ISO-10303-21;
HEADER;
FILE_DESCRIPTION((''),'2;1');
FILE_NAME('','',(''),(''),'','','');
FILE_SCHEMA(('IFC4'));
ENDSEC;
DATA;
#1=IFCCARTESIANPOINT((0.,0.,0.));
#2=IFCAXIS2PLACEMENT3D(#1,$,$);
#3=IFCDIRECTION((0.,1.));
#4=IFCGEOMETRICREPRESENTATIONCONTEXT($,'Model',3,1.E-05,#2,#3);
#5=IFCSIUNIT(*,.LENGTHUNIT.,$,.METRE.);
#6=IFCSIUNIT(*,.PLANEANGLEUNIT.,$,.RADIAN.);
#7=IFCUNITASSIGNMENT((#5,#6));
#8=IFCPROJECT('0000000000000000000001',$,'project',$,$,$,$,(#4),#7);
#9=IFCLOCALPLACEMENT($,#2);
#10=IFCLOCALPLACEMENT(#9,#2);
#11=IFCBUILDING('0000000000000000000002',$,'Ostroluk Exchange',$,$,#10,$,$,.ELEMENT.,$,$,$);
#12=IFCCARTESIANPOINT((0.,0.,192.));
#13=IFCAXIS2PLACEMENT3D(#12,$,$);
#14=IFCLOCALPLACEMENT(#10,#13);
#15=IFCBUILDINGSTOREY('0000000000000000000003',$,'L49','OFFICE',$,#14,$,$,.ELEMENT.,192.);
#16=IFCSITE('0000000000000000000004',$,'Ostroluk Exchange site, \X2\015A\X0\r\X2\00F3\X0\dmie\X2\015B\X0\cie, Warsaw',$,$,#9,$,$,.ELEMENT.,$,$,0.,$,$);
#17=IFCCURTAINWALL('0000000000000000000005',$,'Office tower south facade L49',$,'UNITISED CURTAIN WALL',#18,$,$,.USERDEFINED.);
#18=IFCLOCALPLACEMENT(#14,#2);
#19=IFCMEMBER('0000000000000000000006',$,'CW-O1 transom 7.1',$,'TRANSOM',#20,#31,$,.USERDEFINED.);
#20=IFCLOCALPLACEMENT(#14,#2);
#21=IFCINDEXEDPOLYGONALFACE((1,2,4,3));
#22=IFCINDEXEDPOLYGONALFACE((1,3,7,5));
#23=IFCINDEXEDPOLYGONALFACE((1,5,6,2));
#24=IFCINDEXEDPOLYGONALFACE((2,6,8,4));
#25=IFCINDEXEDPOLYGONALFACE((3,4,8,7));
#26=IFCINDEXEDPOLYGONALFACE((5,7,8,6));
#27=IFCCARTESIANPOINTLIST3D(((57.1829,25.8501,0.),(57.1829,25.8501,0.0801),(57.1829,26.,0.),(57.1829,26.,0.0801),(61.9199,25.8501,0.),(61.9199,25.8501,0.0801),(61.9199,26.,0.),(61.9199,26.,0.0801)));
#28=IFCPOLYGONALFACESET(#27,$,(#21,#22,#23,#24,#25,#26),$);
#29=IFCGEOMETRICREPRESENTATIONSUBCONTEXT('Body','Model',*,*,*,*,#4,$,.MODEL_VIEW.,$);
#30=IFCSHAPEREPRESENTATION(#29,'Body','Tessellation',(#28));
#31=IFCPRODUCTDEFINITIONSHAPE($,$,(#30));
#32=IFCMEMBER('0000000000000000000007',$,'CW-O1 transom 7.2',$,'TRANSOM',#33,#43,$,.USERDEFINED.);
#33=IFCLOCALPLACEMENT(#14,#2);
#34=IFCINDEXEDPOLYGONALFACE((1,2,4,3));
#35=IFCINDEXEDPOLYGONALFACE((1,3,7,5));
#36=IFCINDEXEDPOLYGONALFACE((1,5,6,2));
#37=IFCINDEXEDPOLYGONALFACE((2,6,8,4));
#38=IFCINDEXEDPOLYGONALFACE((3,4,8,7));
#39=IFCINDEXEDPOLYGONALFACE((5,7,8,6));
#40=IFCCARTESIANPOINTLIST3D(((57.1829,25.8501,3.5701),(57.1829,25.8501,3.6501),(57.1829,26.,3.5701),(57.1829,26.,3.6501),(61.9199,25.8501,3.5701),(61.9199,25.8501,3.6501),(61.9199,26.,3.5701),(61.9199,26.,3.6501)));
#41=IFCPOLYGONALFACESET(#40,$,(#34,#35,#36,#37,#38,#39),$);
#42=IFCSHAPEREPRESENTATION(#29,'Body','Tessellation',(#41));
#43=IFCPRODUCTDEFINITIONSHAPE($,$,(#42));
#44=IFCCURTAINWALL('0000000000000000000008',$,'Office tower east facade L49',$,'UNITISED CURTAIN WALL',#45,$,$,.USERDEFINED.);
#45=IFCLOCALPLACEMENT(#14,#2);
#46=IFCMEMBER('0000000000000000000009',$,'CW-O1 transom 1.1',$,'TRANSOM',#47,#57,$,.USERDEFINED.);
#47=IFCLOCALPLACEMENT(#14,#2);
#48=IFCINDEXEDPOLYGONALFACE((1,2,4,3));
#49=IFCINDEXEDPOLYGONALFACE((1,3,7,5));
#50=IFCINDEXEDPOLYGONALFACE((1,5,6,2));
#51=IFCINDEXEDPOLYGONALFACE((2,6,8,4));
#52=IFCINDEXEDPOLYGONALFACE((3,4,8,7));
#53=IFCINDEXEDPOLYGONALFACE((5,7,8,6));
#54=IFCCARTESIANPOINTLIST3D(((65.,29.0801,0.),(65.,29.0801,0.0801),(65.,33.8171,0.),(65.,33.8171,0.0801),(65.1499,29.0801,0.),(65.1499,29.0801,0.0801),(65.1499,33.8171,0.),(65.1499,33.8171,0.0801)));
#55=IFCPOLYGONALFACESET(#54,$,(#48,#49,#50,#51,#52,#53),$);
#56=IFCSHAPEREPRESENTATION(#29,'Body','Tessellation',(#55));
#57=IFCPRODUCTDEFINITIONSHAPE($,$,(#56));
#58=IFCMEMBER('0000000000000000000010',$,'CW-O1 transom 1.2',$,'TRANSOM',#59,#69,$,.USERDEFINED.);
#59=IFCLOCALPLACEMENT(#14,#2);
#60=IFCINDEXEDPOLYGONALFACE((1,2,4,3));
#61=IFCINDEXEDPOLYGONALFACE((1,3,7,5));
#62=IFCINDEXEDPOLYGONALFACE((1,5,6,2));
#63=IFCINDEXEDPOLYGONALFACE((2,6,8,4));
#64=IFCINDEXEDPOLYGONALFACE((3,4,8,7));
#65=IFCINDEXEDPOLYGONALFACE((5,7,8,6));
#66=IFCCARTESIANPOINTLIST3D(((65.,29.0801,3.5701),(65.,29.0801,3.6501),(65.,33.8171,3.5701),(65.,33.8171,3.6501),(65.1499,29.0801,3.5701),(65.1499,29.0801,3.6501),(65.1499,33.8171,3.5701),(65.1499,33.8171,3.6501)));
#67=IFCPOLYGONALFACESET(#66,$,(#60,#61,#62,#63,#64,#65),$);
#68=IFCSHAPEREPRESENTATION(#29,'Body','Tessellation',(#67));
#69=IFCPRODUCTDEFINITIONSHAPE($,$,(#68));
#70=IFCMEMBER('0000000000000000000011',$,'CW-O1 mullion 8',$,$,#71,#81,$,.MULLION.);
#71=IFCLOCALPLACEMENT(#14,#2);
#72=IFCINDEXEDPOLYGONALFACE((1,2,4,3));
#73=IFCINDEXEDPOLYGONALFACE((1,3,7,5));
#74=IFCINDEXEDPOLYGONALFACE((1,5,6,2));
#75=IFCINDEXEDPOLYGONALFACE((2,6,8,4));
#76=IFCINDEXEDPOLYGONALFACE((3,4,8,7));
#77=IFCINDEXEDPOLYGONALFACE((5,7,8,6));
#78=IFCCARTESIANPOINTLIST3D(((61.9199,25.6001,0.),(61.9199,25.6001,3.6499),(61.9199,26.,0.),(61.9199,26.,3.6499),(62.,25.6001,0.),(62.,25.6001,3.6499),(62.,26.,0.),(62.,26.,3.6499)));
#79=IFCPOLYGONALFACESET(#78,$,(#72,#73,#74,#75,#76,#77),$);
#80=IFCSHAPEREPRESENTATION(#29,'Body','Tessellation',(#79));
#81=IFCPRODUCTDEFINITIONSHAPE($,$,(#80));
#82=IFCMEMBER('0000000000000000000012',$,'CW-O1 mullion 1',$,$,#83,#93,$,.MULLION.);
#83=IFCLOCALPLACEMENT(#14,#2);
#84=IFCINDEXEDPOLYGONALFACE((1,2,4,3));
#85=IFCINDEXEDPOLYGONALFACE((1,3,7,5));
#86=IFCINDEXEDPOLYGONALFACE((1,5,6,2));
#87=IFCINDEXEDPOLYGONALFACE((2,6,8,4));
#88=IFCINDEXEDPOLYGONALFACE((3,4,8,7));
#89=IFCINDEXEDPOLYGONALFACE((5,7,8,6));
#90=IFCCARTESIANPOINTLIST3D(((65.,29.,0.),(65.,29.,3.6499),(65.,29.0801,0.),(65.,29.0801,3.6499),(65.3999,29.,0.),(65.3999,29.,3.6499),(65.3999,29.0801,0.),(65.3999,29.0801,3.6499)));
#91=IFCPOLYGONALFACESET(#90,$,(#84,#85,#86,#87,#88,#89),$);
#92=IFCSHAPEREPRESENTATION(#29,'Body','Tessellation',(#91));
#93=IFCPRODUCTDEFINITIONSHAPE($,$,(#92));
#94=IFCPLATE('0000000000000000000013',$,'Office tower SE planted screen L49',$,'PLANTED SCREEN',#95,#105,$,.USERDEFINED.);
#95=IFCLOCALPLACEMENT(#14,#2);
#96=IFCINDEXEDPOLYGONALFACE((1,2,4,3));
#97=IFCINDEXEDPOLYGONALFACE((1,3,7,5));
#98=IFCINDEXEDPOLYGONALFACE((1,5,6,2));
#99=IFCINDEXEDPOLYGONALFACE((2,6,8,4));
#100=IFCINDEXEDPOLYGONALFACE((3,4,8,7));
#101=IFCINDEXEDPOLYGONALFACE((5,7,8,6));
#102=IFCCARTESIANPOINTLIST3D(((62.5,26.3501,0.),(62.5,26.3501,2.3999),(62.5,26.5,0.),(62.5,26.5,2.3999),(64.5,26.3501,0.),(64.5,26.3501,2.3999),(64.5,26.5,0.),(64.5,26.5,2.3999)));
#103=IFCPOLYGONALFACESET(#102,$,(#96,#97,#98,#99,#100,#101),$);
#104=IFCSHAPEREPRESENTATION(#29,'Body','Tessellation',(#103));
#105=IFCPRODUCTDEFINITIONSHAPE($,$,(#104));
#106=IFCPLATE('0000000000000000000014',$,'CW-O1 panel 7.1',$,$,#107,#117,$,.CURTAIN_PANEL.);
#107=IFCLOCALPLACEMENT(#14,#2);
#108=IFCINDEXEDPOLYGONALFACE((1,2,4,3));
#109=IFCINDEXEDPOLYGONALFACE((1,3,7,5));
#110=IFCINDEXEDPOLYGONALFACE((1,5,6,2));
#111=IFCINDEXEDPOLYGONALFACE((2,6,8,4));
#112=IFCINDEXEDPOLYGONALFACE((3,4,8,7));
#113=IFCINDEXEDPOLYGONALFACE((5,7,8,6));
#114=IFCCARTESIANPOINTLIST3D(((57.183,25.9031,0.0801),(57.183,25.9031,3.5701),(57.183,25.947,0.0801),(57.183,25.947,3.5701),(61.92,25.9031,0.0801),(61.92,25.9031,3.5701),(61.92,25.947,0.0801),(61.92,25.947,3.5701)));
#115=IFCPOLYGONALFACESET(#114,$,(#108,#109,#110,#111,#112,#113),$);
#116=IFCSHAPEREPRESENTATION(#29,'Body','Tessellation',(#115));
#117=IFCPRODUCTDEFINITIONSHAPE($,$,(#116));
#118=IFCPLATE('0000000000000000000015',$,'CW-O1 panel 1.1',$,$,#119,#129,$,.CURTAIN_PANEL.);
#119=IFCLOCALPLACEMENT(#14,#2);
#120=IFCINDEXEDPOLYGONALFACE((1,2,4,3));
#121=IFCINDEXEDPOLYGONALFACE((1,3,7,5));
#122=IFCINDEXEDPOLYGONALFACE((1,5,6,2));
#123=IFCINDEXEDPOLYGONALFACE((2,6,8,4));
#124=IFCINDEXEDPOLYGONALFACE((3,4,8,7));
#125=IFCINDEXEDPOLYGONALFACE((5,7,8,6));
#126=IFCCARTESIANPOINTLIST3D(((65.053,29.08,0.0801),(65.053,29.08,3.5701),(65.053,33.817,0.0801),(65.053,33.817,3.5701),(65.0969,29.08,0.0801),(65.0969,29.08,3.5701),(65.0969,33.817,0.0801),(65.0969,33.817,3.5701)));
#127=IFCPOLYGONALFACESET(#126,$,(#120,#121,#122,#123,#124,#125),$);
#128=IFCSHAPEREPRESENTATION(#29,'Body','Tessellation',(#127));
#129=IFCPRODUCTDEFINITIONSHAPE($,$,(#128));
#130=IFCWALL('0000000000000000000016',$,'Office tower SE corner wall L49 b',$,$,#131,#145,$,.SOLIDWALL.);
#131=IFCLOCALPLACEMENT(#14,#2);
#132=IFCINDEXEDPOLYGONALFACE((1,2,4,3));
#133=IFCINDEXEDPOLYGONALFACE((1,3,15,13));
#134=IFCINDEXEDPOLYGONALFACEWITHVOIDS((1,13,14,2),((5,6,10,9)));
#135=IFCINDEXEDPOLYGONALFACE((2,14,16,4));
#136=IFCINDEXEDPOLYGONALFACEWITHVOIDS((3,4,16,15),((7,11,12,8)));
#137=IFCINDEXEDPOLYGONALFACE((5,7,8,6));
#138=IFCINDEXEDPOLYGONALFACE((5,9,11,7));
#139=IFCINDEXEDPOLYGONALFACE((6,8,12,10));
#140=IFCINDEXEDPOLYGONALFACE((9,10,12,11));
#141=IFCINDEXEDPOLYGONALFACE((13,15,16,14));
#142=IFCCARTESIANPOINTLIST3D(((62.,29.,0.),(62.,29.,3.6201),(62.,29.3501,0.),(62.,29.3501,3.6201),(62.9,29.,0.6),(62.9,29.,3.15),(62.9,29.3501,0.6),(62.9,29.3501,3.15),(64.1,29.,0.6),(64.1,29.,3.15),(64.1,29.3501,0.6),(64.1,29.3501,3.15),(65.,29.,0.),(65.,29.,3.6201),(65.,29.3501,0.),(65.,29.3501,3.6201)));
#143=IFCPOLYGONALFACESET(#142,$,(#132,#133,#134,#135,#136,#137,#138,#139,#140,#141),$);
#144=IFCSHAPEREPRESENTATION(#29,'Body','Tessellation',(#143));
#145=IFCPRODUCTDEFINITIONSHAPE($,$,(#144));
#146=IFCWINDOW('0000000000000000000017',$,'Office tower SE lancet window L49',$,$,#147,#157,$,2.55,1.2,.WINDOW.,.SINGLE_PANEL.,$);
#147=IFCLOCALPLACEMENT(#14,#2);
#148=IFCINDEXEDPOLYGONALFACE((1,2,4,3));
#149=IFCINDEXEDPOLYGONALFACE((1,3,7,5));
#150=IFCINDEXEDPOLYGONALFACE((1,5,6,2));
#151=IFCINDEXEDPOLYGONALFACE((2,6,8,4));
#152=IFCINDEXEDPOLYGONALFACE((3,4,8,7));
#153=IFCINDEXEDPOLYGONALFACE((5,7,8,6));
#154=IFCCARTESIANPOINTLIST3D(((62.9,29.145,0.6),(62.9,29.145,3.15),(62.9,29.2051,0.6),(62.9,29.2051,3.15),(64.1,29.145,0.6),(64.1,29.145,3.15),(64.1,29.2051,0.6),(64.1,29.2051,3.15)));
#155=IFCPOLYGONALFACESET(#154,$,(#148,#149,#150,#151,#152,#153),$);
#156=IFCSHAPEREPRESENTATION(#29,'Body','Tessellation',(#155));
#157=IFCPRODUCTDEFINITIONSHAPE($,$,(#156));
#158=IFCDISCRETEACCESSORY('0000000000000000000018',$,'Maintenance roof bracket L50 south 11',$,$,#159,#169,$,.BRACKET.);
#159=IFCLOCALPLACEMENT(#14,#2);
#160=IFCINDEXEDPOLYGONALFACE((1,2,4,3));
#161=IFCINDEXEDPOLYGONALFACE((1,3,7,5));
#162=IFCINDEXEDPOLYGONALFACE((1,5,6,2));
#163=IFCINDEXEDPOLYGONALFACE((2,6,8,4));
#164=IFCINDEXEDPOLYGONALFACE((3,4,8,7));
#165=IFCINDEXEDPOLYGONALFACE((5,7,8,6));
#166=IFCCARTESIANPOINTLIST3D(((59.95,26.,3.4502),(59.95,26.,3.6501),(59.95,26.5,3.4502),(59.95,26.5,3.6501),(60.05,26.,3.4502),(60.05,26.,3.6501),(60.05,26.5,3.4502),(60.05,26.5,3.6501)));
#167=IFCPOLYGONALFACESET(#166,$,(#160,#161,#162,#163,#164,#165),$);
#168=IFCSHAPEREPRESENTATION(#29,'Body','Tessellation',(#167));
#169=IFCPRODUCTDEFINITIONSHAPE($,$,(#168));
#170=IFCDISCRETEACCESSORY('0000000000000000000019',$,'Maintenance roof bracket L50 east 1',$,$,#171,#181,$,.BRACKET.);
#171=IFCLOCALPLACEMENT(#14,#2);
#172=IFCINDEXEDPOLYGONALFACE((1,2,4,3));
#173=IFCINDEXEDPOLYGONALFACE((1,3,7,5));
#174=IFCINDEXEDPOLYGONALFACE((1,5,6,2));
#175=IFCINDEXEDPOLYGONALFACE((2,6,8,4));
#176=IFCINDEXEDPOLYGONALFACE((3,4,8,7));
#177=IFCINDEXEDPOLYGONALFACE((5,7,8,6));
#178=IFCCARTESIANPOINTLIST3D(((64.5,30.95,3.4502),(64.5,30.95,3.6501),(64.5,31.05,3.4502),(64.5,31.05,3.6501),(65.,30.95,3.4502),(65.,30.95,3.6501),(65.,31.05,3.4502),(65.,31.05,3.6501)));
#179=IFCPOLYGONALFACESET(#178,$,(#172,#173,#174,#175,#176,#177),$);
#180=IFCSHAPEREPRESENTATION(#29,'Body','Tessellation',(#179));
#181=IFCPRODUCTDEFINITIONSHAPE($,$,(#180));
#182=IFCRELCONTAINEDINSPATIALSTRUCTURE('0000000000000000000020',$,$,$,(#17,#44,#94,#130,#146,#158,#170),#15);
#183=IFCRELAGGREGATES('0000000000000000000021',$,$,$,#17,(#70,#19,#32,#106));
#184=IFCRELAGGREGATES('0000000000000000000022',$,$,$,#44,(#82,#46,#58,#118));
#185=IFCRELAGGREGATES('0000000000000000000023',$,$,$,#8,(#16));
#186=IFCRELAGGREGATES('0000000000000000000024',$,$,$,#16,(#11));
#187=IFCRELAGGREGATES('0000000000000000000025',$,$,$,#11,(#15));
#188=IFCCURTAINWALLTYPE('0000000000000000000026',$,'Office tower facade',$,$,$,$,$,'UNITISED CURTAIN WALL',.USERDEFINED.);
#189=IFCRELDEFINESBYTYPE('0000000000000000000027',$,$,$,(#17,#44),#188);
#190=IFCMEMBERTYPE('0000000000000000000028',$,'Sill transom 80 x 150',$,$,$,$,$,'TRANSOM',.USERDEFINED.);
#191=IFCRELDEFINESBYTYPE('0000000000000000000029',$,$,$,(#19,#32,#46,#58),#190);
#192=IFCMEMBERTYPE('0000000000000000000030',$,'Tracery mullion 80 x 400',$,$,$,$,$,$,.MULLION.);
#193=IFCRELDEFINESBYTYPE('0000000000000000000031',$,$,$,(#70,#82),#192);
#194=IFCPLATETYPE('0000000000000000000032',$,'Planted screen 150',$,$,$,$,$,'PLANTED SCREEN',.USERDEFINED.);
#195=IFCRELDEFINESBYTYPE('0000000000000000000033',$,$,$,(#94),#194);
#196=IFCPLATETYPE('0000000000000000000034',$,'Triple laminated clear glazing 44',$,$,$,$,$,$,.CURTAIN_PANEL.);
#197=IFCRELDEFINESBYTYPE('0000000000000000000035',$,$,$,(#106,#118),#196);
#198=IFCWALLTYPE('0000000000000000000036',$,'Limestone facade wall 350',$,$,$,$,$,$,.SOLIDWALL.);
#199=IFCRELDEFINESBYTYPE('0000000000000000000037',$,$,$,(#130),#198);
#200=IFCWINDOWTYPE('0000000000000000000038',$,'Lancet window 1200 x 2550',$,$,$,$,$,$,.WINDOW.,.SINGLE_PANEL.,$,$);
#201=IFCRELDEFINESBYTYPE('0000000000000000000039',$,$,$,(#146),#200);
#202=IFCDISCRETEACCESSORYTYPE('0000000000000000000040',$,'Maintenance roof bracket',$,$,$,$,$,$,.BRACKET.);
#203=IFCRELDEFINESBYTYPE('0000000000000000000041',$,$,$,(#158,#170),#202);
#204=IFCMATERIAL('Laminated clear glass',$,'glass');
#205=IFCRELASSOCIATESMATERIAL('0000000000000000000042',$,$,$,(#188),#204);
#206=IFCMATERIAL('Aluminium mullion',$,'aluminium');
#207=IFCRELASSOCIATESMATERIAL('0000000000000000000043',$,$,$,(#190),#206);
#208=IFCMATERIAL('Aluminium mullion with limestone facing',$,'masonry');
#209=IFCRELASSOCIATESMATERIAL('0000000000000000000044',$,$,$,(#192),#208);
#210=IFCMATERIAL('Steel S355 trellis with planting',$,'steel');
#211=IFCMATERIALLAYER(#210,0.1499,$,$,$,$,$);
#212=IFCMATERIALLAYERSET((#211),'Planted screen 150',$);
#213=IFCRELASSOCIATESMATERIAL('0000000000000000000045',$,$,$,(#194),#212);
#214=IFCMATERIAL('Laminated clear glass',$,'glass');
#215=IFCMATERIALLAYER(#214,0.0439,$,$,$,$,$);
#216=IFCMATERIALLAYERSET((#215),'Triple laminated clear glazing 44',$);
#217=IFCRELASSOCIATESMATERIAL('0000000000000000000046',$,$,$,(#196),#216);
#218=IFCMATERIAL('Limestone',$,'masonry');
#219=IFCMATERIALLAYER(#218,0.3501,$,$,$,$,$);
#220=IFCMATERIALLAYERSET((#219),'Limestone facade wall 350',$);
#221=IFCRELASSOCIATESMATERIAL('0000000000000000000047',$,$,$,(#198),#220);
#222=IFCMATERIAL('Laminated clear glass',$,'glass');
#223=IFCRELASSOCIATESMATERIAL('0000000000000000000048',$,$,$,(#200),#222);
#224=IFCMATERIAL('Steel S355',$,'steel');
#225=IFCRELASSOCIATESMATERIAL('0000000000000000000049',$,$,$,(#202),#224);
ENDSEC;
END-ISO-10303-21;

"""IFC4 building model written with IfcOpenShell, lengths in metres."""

from ifc_helpers import new_model, si_unit, direction, frame, frame_2d, origin, origin_2d, place, context, subcontext, project, spatial, rectangle, extrude, material, layer, layer_set, material_profile, profile_set, type_object, element, fill, aggregate, save


model = new_model("IFC4")

# Units and contexts
model_context = context("Model", 3, precision=1e-05, world=origin(), true_north=direction((0.0, 1.0)))
body_context = subcontext(model_context, "Body", "Model", "MODEL_VIEW")
ifc_project = project(units=[si_unit("LENGTHUNIT", "METRE"), si_unit("PLANEANGLEUNIT", "RADIAN")], contexts=[model_context])

# Site, building, storey
site_placement = place(None, origin())
site = spatial("IfcSite", under=ifc_project, at=site_placement, Name="Ostroluk Exchange site, Śródmieście, Warsaw", CompositionType="ELEMENT", RefElevation=0.0)
building_placement = place(site_placement, origin())
building = spatial("IfcBuilding", under=site, at=building_placement, Name="Ostroluk Exchange", CompositionType="ELEMENT")
storey_placement = place(building_placement, frame((0.0, 0.0, 192.0)))
storey = spatial("IfcBuildingStorey", under=building, at=storey_placement, Name="L49", Description="OFFICE", CompositionType="ELEMENT", Elevation=192.0)

# Curtain walls, members
ifc_material_1 = material(Name="Laminated clear glass", Category="glass")
curtain_wall_type = type_object("IfcCurtainWallType", Name="Office tower facade", ElementType="UNITISED CURTAIN WALL", PredefinedType="USERDEFINED", material=ifc_material_1)
curtain_wall_1_placement = place(storey_placement, origin())
curtain_wall_1 = element("IfcCurtainWall", 1, at=curtain_wall_1_placement, inside=storey, type_object=curtain_wall_type, Name="Office tower south facade L49", ObjectType="UNITISED CURTAIN WALL", PredefinedType="USERDEFINED")
ifc_material_2 = material(Name="Aluminium mullion", Category="aluminium")
ifc_material_profile_1 = material_profile(ifc_material_2, rectangle(XDim=0.1499, YDim=0.0801, at=origin_2d()), Name="Sill transom 80 x 150")
ifc_profile_set_1 = profile_set([ifc_material_profile_1], Name="Aluminium mullion")
member_type_1 = type_object("IfcMemberType", Name="Sill transom 80 x 150", ElementType="TRANSOM", PredefinedType="USERDEFINED", material=ifc_profile_set_1)
member_1_placement = place(storey_placement, frame((57.1829, 25.925, 0.04), z_axis=(1.0, 0.0, 0.0), x_axis=(0.0, 1.0, 0.0)))
member_1 = element("IfcMember", 2, at=member_1_placement, type_object=member_type_1, Name="CW-O1 transom 7.1", ObjectType="TRANSOM", PredefinedType="USERDEFINED", context=body_context, shape_type="SweptSolid", body=[
    extrude(rectangle(XDim=0.1499, YDim=0.0801, at=origin_2d()), origin(), (0.0, 0.0, 1.0), 4.7371),
])
member_2_placement = place(storey_placement, frame((57.1829, 25.925, 3.6101), z_axis=(1.0, 0.0, 0.0), x_axis=(0.0, 1.0, 0.0)))
member_2 = element("IfcMember", 3, at=member_2_placement, type_object=member_type_1, Name="CW-O1 transom 7.2", ObjectType="TRANSOM", PredefinedType="USERDEFINED", context=body_context, shape_type="SweptSolid", body=[
    extrude(rectangle(XDim=0.1499, YDim=0.0801, at=origin_2d()), origin(), (0.0, 0.0, 1.0), 4.7371),
])
curtain_wall_2_placement = place(storey_placement, origin())
curtain_wall_2 = element("IfcCurtainWall", 4, at=curtain_wall_2_placement, inside=storey, type_object=curtain_wall_type, Name="Office tower east facade L49", ObjectType="UNITISED CURTAIN WALL", PredefinedType="USERDEFINED")
member_3_placement = place(storey_placement, frame((65.075, 29.0801, 0.04), z_axis=(0.0, 1.0, 0.0), x_axis=(-1.0, 0.0, 0.0)))
member_3 = element("IfcMember", 5, at=member_3_placement, type_object=member_type_1, Name="CW-O1 transom 1.1", ObjectType="TRANSOM", PredefinedType="USERDEFINED", context=body_context, shape_type="SweptSolid", body=[
    extrude(rectangle(XDim=0.1499, YDim=0.0801, at=origin_2d()), origin(), (0.0, 0.0, 1.0), 4.7371),
])
member_4_placement = place(storey_placement, frame((65.075, 29.0801, 3.6101), z_axis=(0.0, 1.0, 0.0), x_axis=(-1.0, 0.0, 0.0)))
member_4 = element("IfcMember", 6, at=member_4_placement, type_object=member_type_1, Name="CW-O1 transom 1.2", ObjectType="TRANSOM", PredefinedType="USERDEFINED", context=body_context, shape_type="SweptSolid", body=[
    extrude(rectangle(XDim=0.1499, YDim=0.0801, at=origin_2d()), origin(), (0.0, 0.0, 1.0), 4.7371),
])

# Members
ifc_material_3 = material(Name="Aluminium mullion with limestone facing", Category="masonry")
ifc_material_profile_2 = material_profile(ifc_material_3, rectangle(XDim=0.3999, YDim=0.0801, at=origin_2d()), Name="Tracery mullion 80 x 400")
ifc_profile_set_2 = profile_set([ifc_material_profile_2], Name="Aluminium mullion with limestone facing")
member_type_2 = type_object("IfcMemberType", Name="Tracery mullion 80 x 400", PredefinedType="MULLION", material=ifc_profile_set_2)
member_5_placement = place(storey_placement, frame((61.96, 25.8, 0.0), z_axis=(0.0, 0.0, 1.0), x_axis=(0.0, 1.0, 0.0)))
member_5 = element("IfcMember", 7, at=member_5_placement, type_object=member_type_2, Name="CW-O1 mullion 8", PredefinedType="MULLION", context=body_context, shape_type="SweptSolid", body=[
    extrude(rectangle(XDim=0.3999, YDim=0.0801, at=origin_2d()), origin(), (0.0, 0.0, 1.0), 3.6499),
])
member_6_placement = place(storey_placement, frame((65.2, 29.04, 0.0), z_axis=(0.0, 0.0, 1.0), x_axis=(-1.0, 0.0, 0.0)))
member_6 = element("IfcMember", 8, at=member_6_placement, type_object=member_type_2, Name="CW-O1 mullion 1", PredefinedType="MULLION", context=body_context, shape_type="SweptSolid", body=[
    extrude(rectangle(XDim=0.3999, YDim=0.0801, at=origin_2d()), origin(), (0.0, 0.0, 1.0), 3.6499),
])

# Plates
ifc_material_4 = material(Name="Steel S355 trellis with planting", Category="steel")
ifc_layer_1 = layer(ifc_material_4, 0.1499)
ifc_layer_set_1 = layer_set([ifc_layer_1], Name="Planted screen 150")
plate_type_1 = type_object("IfcPlateType", Name="Planted screen 150", ElementType="PLANTED SCREEN", PredefinedType="USERDEFINED", material=ifc_layer_set_1)
plate_1_placement = place(storey_placement, frame((63.5, 26.425, 0.0), z_axis=(0.0, 0.0, 1.0), x_axis=(1.0, 0.0, 0.0)))
element("IfcPlate", 9, at=plate_1_placement, inside=storey, type_object=plate_type_1, Name="Office tower SE planted screen L49", ObjectType="PLANTED SCREEN", PredefinedType="USERDEFINED", context=body_context, shape_type="SweptSolid", body=[
    extrude(rectangle(XDim=2.0, YDim=0.1499, at=origin_2d()), origin(), (0.0, 0.0, 1.0), 2.3999),
])
ifc_material_5 = material(Name="Laminated clear glass", Category="glass")
ifc_layer_2 = layer(ifc_material_5, 0.0439)
ifc_layer_set_2 = layer_set([ifc_layer_2], Name="Triple laminated clear glazing 44")
plate_type_2 = type_object("IfcPlateType", Name="Triple laminated clear glazing 44", PredefinedType="CURTAIN_PANEL", material=ifc_layer_set_2)
plate_2_placement = place(storey_placement, frame((59.5515, 25.925, 0.0801), z_axis=(0.0, 0.0, 1.0), x_axis=(1.0, 0.0, 0.0)))
plate_2 = element("IfcPlate", 10, at=plate_2_placement, type_object=plate_type_2, Name="CW-O1 panel 7.1", PredefinedType="CURTAIN_PANEL", context=body_context, shape_type="SweptSolid", body=[
    extrude(rectangle(XDim=4.7371, YDim=0.0439, at=origin_2d()), origin(), (0.0, 0.0, 1.0), 3.49),
])
aggregate(curtain_wall_1, [member_5, member_1, member_2, plate_2])
plate_3_placement = place(storey_placement, frame((65.075, 31.4485, 0.0801), z_axis=(0.0, 0.0, 1.0), x_axis=(0.0, 1.0, 0.0)))
plate_3 = element("IfcPlate", 11, at=plate_3_placement, type_object=plate_type_2, Name="CW-O1 panel 1.1", PredefinedType="CURTAIN_PANEL", context=body_context, shape_type="SweptSolid", body=[
    extrude(rectangle(XDim=4.7371, YDim=0.0439, at=origin_2d()), origin(), (0.0, 0.0, 1.0), 3.49),
])
aggregate(curtain_wall_2, [member_6, member_3, member_4, plate_3])

# Shared definitions
ifc_material_6 = material(Name="Limestone", Category="masonry")
ifc_layer_3 = layer(ifc_material_6, 0.3501)
ifc_layer_set_3 = layer_set([ifc_layer_3], Name="Limestone facade wall 350")
wall_type = type_object("IfcWallType", Name="Limestone facade wall 350", PredefinedType="SOLIDWALL", material=ifc_layer_set_3)

# Wall, opening, window
wall_1_placement = place(storey_placement, frame((62.0, 29.175, 0.0), z_axis=(0.0, 0.0, 1.0), x_axis=(1.0, 0.0, 0.0)))
wall_1 = element("IfcWall", 12, at=wall_1_placement, inside=storey, type_object=wall_type, Name="Office tower SE corner wall L49 b", PredefinedType="SOLIDWALL", context=body_context, shape_type="SweptSolid", body=[
    extrude(rectangle(XDim=3.0, YDim=0.3501, at=frame_2d((1.5, 0.0))), origin(), (0.0, 0.0, 1.0), 3.6201),
])
opening_1_placement = place(wall_1_placement, frame((0.8999, 0.0, 0.6001)))
opening_1 = element("IfcOpeningElement", 13, at=opening_1_placement, cuts=wall_1, PredefinedType="OPENING", context=body_context, shape_type="SweptSolid", body=[
    extrude(rectangle(XDim=1.2, YDim=2.55, at=frame_2d((0.6001, 1.2749))), frame((0.0, 0.1851, 0.0), z_axis=(0.0, -1.0, 0.0), x_axis=(1.0, 0.0, 0.0)), (0.0, 0.0, 1.0), 0.3701),
])
ifc_material_7 = material(Name="Laminated clear glass", Category="glass")
window_type = type_object("IfcWindowType", Name="Lancet window 1200 x 2550", PartitioningType="SINGLE_PANEL", PredefinedType="WINDOW", material=ifc_material_7)
window_placement = place(opening_1_placement, origin())
window = element("IfcWindow", 14, at=window_placement, inside=storey, type_object=window_type, Name="Office tower SE lancet window L49", OverallHeight=2.55, OverallWidth=1.2, PartitioningType="SINGLE_PANEL", PredefinedType="WINDOW", context=body_context, shape_type="SweptSolid", body=[
    extrude(rectangle(XDim=1.2, YDim=2.55, at=frame_2d((0.6001, 1.2749))), frame((0.0, 0.03, 0.0), z_axis=(0.0, -1.0, 0.0), x_axis=(1.0, 0.0, 0.0)), (0.0, 0.0, 1.0), 0.0601),
])
fill(opening_1, window)

# Discrete accessories
ifc_material_8 = material(Name="Steel S355", Category="steel")
discrete_accessory_type = type_object("IfcDiscreteAccessoryType", Name="Maintenance roof bracket", PredefinedType="BRACKET", material=ifc_material_8)
discrete_accessory_1_placement = place(storey_placement, frame((60.0, 26.25, 3.4502), z_axis=(0.0, 0.0, 1.0), x_axis=(1.0, 0.0, 0.0)))
element("IfcDiscreteAccessory", 15, at=discrete_accessory_1_placement, inside=storey, type_object=discrete_accessory_type, Name="Maintenance roof bracket L50 south 11", PredefinedType="BRACKET", context=body_context, shape_type="SweptSolid", body=[
    extrude(rectangle(XDim=0.1001, YDim=0.5, at=origin_2d()), origin(), (0.0, 0.0, 1.0), 0.2),
])
discrete_accessory_2_placement = place(storey_placement, frame((64.75, 31.0, 3.4502), z_axis=(0.0, 0.0, 1.0), x_axis=(1.0, 0.0, 0.0)))
element("IfcDiscreteAccessory", 16, at=discrete_accessory_2_placement, inside=storey, type_object=discrete_accessory_type, Name="Maintenance roof bracket L50 east 1", PredefinedType="BRACKET", context=body_context, shape_type="SweptSolid", body=[
    extrude(rectangle(XDim=0.5, YDim=0.1001, at=origin_2d()), origin(), (0.0, 0.0, 1.0), 0.2),
])

save(model, "model.ifc")
